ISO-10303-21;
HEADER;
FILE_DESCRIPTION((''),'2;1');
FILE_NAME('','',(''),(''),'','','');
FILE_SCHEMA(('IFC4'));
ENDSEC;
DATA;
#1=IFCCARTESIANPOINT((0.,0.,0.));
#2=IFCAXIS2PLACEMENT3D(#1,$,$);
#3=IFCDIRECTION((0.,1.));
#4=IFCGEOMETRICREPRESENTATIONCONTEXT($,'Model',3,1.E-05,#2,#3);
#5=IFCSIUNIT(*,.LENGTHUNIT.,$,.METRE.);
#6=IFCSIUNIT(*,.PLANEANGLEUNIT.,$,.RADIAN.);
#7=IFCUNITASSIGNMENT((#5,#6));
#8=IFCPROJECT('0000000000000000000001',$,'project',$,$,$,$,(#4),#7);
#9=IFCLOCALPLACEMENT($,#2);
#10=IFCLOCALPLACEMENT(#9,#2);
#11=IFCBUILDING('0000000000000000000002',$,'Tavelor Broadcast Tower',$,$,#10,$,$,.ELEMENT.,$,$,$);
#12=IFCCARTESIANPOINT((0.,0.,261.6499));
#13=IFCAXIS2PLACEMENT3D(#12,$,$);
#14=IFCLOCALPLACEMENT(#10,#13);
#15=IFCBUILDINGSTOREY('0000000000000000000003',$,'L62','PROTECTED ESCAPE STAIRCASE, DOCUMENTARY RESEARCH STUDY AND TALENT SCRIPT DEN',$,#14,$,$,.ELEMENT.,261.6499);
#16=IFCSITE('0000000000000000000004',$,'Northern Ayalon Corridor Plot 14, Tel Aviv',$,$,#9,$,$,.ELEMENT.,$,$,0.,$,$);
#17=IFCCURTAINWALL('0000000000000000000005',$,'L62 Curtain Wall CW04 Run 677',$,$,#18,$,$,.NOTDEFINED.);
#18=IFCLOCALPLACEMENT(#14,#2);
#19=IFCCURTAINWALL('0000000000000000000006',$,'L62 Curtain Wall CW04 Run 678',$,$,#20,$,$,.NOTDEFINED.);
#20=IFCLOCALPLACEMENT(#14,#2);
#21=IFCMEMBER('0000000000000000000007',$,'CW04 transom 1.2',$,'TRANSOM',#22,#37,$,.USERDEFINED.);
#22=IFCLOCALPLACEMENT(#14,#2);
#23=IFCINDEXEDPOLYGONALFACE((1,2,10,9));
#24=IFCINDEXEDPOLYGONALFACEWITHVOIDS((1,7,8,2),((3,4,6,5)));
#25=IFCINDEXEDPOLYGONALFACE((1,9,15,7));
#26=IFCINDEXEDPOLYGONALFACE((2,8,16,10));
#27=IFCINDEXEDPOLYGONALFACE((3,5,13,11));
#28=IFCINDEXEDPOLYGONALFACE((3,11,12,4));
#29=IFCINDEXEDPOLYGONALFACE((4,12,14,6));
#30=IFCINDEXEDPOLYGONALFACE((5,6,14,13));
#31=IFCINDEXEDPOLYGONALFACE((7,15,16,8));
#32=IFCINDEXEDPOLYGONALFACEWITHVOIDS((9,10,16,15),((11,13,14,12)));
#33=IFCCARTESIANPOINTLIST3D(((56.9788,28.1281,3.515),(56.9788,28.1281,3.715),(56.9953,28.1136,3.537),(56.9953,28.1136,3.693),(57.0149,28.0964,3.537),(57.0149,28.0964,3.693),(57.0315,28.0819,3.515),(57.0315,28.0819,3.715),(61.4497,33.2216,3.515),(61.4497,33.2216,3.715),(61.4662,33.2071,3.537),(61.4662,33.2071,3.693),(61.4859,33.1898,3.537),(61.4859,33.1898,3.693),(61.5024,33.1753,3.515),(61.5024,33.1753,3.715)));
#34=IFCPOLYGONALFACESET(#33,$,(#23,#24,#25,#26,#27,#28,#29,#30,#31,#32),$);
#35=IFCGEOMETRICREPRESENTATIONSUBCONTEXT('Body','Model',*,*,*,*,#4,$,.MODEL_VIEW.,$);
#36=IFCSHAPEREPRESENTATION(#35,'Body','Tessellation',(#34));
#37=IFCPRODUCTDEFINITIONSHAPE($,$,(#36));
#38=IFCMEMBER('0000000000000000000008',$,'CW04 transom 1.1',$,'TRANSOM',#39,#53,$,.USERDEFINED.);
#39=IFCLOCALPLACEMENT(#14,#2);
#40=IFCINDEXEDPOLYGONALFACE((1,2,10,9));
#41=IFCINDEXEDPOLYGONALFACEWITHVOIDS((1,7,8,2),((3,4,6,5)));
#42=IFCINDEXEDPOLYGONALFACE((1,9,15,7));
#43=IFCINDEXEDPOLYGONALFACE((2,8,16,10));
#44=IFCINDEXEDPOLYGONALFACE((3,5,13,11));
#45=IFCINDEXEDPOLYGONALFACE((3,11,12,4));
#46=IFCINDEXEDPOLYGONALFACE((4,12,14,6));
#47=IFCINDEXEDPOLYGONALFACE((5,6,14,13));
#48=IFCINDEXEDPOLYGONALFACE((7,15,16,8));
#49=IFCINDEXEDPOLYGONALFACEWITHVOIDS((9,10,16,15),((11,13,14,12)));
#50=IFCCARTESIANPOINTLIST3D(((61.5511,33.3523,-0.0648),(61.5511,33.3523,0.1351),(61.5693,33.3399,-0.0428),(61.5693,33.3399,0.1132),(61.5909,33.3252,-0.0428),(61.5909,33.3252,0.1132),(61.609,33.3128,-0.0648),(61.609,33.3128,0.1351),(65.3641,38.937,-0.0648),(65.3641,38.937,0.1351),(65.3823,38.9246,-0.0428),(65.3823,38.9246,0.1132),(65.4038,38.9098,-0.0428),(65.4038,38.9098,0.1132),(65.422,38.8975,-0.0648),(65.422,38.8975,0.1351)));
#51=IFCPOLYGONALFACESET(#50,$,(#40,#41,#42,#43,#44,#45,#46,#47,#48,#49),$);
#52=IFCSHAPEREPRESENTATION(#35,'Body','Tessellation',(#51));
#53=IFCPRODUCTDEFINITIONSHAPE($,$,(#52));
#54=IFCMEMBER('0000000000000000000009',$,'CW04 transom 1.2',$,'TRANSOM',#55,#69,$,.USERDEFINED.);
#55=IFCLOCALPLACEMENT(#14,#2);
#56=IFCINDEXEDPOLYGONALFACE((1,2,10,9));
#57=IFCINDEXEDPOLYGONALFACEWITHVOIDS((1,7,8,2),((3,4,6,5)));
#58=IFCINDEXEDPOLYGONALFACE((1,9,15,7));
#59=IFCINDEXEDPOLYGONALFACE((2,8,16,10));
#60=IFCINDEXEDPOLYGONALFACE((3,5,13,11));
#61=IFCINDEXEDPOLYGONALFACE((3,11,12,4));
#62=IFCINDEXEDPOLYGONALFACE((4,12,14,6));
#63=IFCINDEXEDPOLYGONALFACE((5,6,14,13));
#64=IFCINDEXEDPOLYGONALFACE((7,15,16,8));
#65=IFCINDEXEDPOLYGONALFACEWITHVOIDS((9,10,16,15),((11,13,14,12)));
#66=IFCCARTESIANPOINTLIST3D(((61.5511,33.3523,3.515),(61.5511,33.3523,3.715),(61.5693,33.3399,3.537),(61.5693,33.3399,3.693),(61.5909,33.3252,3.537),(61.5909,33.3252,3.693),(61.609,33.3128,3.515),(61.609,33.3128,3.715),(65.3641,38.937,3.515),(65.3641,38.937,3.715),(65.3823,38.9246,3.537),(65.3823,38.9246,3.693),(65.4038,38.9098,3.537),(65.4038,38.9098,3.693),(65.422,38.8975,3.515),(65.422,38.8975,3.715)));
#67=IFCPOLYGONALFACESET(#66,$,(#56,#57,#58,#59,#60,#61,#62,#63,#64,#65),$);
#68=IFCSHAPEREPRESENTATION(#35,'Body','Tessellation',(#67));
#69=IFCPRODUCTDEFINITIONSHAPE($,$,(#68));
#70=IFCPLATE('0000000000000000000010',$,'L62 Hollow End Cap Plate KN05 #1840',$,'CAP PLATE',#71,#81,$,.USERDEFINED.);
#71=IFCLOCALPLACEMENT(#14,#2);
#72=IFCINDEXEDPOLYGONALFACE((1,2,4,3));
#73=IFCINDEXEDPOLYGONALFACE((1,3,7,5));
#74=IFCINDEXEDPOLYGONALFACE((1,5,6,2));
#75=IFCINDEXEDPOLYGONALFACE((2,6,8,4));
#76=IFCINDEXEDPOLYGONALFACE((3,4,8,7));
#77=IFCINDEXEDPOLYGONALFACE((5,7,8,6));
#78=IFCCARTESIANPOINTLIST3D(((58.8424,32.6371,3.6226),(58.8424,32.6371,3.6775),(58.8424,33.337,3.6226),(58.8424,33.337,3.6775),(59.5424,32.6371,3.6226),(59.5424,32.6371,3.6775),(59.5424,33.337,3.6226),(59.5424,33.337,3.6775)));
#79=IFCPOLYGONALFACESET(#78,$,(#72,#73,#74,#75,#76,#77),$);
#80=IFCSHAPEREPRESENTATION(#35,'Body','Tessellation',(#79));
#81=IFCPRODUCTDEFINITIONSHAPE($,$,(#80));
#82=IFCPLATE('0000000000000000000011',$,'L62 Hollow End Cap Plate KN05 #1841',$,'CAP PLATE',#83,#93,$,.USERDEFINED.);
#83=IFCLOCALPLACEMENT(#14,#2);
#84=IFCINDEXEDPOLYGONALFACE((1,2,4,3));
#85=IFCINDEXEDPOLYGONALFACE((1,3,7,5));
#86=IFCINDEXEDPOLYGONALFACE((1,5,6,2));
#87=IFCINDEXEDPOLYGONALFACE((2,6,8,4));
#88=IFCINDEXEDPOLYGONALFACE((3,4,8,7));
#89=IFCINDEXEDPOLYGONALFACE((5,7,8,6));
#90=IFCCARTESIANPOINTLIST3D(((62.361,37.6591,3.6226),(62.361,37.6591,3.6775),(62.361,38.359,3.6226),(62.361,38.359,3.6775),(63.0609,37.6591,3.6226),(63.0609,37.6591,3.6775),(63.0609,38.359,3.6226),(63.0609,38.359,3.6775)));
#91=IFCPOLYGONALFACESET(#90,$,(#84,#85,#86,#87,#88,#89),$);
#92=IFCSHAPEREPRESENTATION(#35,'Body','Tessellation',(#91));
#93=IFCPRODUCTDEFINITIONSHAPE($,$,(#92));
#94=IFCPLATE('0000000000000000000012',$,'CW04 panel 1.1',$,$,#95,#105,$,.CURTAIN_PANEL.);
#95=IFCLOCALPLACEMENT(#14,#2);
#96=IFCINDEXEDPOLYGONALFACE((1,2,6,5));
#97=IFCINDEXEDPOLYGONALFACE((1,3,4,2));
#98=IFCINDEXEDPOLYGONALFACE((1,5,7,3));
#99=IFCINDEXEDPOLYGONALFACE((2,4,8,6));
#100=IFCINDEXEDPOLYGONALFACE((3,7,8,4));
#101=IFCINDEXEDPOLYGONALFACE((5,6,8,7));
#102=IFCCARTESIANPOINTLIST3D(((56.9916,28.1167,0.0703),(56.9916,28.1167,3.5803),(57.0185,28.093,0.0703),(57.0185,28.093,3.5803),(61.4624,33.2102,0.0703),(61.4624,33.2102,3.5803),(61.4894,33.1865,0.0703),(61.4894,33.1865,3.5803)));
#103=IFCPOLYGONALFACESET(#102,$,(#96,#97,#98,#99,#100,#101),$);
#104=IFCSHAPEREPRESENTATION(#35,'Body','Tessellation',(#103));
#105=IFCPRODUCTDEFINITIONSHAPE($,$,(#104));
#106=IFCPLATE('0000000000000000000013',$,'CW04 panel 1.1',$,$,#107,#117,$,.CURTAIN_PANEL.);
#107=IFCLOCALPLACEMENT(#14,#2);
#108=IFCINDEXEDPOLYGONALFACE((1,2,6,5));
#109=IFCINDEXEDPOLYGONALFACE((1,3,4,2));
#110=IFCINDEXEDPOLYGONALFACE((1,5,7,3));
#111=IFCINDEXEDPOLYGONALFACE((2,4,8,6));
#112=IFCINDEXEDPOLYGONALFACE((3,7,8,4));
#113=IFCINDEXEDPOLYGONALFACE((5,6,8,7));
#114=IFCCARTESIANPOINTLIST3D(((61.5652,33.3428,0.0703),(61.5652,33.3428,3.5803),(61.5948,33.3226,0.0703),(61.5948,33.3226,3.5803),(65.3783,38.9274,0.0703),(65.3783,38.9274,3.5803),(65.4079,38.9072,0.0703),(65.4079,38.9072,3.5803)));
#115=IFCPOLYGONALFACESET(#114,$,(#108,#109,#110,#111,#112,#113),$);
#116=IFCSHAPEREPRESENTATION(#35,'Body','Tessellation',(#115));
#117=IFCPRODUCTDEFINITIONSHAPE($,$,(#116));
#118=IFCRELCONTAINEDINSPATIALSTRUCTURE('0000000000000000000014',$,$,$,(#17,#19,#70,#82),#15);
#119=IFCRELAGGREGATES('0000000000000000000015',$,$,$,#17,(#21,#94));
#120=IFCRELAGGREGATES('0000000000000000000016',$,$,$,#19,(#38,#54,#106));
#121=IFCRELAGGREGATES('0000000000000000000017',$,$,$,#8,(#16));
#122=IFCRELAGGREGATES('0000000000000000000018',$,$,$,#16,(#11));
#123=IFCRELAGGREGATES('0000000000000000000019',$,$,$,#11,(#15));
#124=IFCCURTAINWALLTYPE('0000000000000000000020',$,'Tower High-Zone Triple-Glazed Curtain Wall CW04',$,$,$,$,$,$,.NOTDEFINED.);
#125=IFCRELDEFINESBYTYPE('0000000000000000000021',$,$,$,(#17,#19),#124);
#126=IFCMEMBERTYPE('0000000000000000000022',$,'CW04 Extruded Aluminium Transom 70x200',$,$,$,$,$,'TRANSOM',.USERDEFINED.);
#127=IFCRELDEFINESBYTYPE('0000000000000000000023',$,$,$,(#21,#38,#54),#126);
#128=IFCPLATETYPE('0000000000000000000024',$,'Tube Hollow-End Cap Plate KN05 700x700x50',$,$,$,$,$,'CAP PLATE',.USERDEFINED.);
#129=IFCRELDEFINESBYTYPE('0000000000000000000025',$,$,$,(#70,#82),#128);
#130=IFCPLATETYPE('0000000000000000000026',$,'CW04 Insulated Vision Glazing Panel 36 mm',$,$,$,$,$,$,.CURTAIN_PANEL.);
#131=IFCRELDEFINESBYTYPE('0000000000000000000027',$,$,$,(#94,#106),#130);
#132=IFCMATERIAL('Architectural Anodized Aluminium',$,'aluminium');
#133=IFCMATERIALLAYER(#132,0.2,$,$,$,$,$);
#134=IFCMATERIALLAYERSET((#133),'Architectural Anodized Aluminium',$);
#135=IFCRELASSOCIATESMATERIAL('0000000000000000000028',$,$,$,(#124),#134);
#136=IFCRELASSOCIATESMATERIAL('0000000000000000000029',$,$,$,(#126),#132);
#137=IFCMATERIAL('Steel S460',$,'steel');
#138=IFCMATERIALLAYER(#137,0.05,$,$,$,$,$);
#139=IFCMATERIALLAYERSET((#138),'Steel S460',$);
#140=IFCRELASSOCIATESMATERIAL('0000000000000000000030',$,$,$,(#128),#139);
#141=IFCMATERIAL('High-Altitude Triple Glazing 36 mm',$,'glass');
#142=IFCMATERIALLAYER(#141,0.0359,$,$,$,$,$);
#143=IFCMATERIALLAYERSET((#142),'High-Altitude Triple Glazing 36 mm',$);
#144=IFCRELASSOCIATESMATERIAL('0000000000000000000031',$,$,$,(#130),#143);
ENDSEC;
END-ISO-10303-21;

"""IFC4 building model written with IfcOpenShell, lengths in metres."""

from ifc_helpers import new_model, si_unit, direction, frame, origin, origin_2d, place, context, subcontext, project, spatial, rectangle, hollow_rectangle, extrude, source, transform, mapped, material, layer, layer_set, material_profile, profile_set, type_object, type_shapes, element, aggregate, save


model = new_model("IFC4")

# Units and contexts
model_context = context("Model", 3, precision=1e-05, world=origin(), true_north=direction((0.0, 1.0)))
body_context = subcontext(model_context, "Body", "Model", "MODEL_VIEW")
ifc_project = project(units=[si_unit("LENGTHUNIT", "METRE"), si_unit("PLANEANGLEUNIT", "RADIAN")], contexts=[model_context])

# Site, building, storey
site_placement = place(None, origin())
site = spatial("IfcSite", under=ifc_project, at=site_placement, Name="Northern Ayalon Corridor Plot 14, Tel Aviv", CompositionType="ELEMENT", RefElevation=0.0)
building_placement = place(site_placement, origin())
building = spatial("IfcBuilding", under=site, at=building_placement, Name="Tavelor Broadcast Tower", CompositionType="ELEMENT")
storey_placement = place(building_placement, frame((0.0, 0.0, 261.6499)))
storey = spatial("IfcBuildingStorey", under=building, at=storey_placement, Name="L62", Description="PROTECTED ESCAPE STAIRCASE, DOCUMENTARY RESEARCH STUDY AND TALENT SCRIPT DEN", CompositionType="ELEMENT", Elevation=261.6499)

# Shared definitions
ifc_material_1 = material(Name="Steel S460", Category="steel")

# Curtain walls
ifc_material_2 = material(Name="Architectural Anodized Aluminium", Category="aluminium")
ifc_layer_1 = layer(ifc_material_2, 0.2)
ifc_layer_set_1 = layer_set([ifc_layer_1], Name="Architectural Anodized Aluminium")
curtain_wall_type = type_object("IfcCurtainWallType", Name="Tower High-Zone Triple-Glazed Curtain Wall CW04", PredefinedType="NOTDEFINED", material=ifc_layer_set_1)
curtain_wall_1_placement = place(storey_placement, origin())
curtain_wall_1 = element("IfcCurtainWall", 1, at=curtain_wall_1_placement, inside=storey, type_object=curtain_wall_type, Name="L62 Curtain Wall CW04 Run 677", PredefinedType="NOTDEFINED")
curtain_wall_2_placement = place(storey_placement, origin())
curtain_wall_2 = element("IfcCurtainWall", 2, at=curtain_wall_2_placement, inside=storey, type_object=curtain_wall_type, Name="L62 Curtain Wall CW04 Run 678", PredefinedType="NOTDEFINED")

# Members
ifc_material_profile_1 = material_profile(ifc_material_2, hollow_rectangle(XDim=0.0701, YDim=0.2, WallThickness=0.022, at=origin_2d()), Name="RHS 70x200x22")
ifc_profile_set_1 = profile_set([ifc_material_profile_1], Name="Architectural Anodized Aluminium")
member_type_1 = type_object("IfcMemberType", Name="CW04 Extruded Aluminium Transom 70x200", ElementType="TRANSOM", PredefinedType="USERDEFINED", material=ifc_profile_set_1)
shared_shape_1 = source(origin(), body_context, "Body", "SweptSolid", [
    extrude(hollow_rectangle(XDim=0.0701, YDim=0.2, WallThickness=0.022, at=origin_2d()), origin(), (0.0, 0.0, 1.0), 6.7773),
])
member_1_placement = place(storey_placement, frame((57.0051, 28.105, 3.615), z_axis=(0.659685, 0.751543, 0.0), x_axis=(-0.751543, 0.659685, 0.0)))
member_1 = element("IfcMember", 3, at=member_1_placement, type_object=member_type_1, Name="CW04 transom 1.2", ObjectType="TRANSOM", PredefinedType="USERDEFINED", context=body_context, shape_type="MappedRepresentation", body=[
    mapped(shared_shape_1, transform((0.0, 0.0, 0.0), scale=1.0)),
])
shared_shape_2 = source(origin(), body_context, "Body", "SweptSolid", [
    extrude(hollow_rectangle(XDim=0.0701, YDim=0.2, WallThickness=0.022, at=origin_2d()), origin(), (0.0, 0.0, 1.0), 6.7622),
])
type_shapes(member_type_1, [shared_shape_1, shared_shape_2])
member_2_placement = place(storey_placement, frame((61.5801, 33.3325, 0.0352), z_axis=(0.563864, 0.825867, 0.0), x_axis=(-0.825867, 0.563864, 0.0)))
member_2 = element("IfcMember", 4, at=member_2_placement, type_object=member_type_1, Name="CW04 transom 1.1", ObjectType="TRANSOM", PredefinedType="USERDEFINED", context=body_context, shape_type="MappedRepresentation", body=[
    mapped(shared_shape_2, transform((0.0, 0.0, 0.0), scale=1.0)),
])
member_3_placement = place(storey_placement, frame((61.5801, 33.3325, 3.615), z_axis=(0.563864, 0.825867, 0.0), x_axis=(-0.825867, 0.563864, 0.0)))
member_3 = element("IfcMember", 5, at=member_3_placement, type_object=member_type_1, Name="CW04 transom 1.2", ObjectType="TRANSOM", PredefinedType="USERDEFINED", context=body_context, shape_type="MappedRepresentation", body=[
    mapped(shared_shape_2, transform((0.0, 0.0, 0.0), scale=1.0)),
])

# Plates
ifc_layer_2 = layer(ifc_material_1, 0.05)
ifc_layer_set_2 = layer_set([ifc_layer_2], Name="Steel S460")
plate_type_1 = type_object("IfcPlateType", Name="Tube Hollow-End Cap Plate KN05 700x700x50", ElementType="CAP PLATE", PredefinedType="USERDEFINED", material=ifc_layer_set_2)
shared_shape_3 = source(origin(), body_context, "Body", "SweptSolid", [
    extrude(rectangle(XDim=0.7, YDim=0.7, at=origin_2d()), origin(), (0.0, 0.0, 1.0), 0.0549),
])
type_shapes(plate_type_1, [shared_shape_3])
for number, where, z_axis, x_axis, name in (
    (6, (59.1924, 32.9871, 3.6226), (0.0, 0.0, 1.0), (1.0, 0.0, 0.0), "L62 Hollow End Cap Plate KN05 #1840"),
    (7, (62.7109, 38.009, 3.6226), (0.0, 0.0, 1.0), (1.0, 0.0, 0.0), "L62 Hollow End Cap Plate KN05 #1841"),
):
    element("IfcPlate", number, at=place(storey_placement, frame(where, z_axis=z_axis, x_axis=x_axis)), inside=storey, type_object=plate_type_1, Name=name, ObjectType="CAP PLATE", PredefinedType="USERDEFINED", context=body_context, shape_type="MappedRepresentation", body=[
        mapped(shared_shape_3, transform((0.0, 0.0, 0.0), scale=1.0)),
    ])

# Plates
ifc_material_3 = material(Name="High-Altitude Triple Glazing 36 mm", Category="glass")
ifc_layer_3 = layer(ifc_material_3, 0.0359)
ifc_layer_set_3 = layer_set([ifc_layer_3], Name="High-Altitude Triple Glazing 36 mm")
plate_type_2 = type_object("IfcPlateType", Name="CW04 Insulated Vision Glazing Panel 36 mm", PredefinedType="CURTAIN_PANEL", material=ifc_layer_set_3)
shared_shape_4 = source(origin(), body_context, "Body", "SweptSolid", [
    extrude(rectangle(XDim=6.7773, YDim=0.0359, at=origin_2d()), origin(), (0.0, 0.0, 1.0), 3.51),
])
plate_1_placement = place(storey_placement, frame((59.2405, 30.6516, 0.0703), z_axis=(0.0, 0.0, 1.0), x_axis=(0.659679, 0.751548, 0.0)))
plate_1 = element("IfcPlate", 8, at=plate_1_placement, type_object=plate_type_2, Name="CW04 panel 1.1", PredefinedType="CURTAIN_PANEL", context=body_context, shape_type="MappedRepresentation", body=[
    mapped(shared_shape_4, transform((0.0, 0.0, 0.0), scale=1.0)),
])
aggregate(curtain_wall_1, [member_1, plate_1])
shared_shape_5 = source(origin(), body_context, "Body", "SweptSolid", [
    extrude(rectangle(XDim=6.7622, YDim=0.0359, at=origin_2d()), origin(), (0.0, 0.0, 1.0), 3.51),
])
type_shapes(plate_type_2, [shared_shape_4, shared_shape_5])
plate_2_placement = place(storey_placement, frame((63.4866, 36.125, 0.0703), z_axis=(0.0, 0.0, 1.0), x_axis=(0.563884, 0.825854, 0.0)))
plate_2 = element("IfcPlate", 9, at=plate_2_placement, type_object=plate_type_2, Name="CW04 panel 1.1", PredefinedType="CURTAIN_PANEL", context=body_context, shape_type="MappedRepresentation", body=[
    mapped(shared_shape_5, transform((0.0, 0.0, 0.0), scale=1.0)),
])
aggregate(curtain_wall_2, [member_2, member_3, plate_2])

save(model, "model.ifc")
